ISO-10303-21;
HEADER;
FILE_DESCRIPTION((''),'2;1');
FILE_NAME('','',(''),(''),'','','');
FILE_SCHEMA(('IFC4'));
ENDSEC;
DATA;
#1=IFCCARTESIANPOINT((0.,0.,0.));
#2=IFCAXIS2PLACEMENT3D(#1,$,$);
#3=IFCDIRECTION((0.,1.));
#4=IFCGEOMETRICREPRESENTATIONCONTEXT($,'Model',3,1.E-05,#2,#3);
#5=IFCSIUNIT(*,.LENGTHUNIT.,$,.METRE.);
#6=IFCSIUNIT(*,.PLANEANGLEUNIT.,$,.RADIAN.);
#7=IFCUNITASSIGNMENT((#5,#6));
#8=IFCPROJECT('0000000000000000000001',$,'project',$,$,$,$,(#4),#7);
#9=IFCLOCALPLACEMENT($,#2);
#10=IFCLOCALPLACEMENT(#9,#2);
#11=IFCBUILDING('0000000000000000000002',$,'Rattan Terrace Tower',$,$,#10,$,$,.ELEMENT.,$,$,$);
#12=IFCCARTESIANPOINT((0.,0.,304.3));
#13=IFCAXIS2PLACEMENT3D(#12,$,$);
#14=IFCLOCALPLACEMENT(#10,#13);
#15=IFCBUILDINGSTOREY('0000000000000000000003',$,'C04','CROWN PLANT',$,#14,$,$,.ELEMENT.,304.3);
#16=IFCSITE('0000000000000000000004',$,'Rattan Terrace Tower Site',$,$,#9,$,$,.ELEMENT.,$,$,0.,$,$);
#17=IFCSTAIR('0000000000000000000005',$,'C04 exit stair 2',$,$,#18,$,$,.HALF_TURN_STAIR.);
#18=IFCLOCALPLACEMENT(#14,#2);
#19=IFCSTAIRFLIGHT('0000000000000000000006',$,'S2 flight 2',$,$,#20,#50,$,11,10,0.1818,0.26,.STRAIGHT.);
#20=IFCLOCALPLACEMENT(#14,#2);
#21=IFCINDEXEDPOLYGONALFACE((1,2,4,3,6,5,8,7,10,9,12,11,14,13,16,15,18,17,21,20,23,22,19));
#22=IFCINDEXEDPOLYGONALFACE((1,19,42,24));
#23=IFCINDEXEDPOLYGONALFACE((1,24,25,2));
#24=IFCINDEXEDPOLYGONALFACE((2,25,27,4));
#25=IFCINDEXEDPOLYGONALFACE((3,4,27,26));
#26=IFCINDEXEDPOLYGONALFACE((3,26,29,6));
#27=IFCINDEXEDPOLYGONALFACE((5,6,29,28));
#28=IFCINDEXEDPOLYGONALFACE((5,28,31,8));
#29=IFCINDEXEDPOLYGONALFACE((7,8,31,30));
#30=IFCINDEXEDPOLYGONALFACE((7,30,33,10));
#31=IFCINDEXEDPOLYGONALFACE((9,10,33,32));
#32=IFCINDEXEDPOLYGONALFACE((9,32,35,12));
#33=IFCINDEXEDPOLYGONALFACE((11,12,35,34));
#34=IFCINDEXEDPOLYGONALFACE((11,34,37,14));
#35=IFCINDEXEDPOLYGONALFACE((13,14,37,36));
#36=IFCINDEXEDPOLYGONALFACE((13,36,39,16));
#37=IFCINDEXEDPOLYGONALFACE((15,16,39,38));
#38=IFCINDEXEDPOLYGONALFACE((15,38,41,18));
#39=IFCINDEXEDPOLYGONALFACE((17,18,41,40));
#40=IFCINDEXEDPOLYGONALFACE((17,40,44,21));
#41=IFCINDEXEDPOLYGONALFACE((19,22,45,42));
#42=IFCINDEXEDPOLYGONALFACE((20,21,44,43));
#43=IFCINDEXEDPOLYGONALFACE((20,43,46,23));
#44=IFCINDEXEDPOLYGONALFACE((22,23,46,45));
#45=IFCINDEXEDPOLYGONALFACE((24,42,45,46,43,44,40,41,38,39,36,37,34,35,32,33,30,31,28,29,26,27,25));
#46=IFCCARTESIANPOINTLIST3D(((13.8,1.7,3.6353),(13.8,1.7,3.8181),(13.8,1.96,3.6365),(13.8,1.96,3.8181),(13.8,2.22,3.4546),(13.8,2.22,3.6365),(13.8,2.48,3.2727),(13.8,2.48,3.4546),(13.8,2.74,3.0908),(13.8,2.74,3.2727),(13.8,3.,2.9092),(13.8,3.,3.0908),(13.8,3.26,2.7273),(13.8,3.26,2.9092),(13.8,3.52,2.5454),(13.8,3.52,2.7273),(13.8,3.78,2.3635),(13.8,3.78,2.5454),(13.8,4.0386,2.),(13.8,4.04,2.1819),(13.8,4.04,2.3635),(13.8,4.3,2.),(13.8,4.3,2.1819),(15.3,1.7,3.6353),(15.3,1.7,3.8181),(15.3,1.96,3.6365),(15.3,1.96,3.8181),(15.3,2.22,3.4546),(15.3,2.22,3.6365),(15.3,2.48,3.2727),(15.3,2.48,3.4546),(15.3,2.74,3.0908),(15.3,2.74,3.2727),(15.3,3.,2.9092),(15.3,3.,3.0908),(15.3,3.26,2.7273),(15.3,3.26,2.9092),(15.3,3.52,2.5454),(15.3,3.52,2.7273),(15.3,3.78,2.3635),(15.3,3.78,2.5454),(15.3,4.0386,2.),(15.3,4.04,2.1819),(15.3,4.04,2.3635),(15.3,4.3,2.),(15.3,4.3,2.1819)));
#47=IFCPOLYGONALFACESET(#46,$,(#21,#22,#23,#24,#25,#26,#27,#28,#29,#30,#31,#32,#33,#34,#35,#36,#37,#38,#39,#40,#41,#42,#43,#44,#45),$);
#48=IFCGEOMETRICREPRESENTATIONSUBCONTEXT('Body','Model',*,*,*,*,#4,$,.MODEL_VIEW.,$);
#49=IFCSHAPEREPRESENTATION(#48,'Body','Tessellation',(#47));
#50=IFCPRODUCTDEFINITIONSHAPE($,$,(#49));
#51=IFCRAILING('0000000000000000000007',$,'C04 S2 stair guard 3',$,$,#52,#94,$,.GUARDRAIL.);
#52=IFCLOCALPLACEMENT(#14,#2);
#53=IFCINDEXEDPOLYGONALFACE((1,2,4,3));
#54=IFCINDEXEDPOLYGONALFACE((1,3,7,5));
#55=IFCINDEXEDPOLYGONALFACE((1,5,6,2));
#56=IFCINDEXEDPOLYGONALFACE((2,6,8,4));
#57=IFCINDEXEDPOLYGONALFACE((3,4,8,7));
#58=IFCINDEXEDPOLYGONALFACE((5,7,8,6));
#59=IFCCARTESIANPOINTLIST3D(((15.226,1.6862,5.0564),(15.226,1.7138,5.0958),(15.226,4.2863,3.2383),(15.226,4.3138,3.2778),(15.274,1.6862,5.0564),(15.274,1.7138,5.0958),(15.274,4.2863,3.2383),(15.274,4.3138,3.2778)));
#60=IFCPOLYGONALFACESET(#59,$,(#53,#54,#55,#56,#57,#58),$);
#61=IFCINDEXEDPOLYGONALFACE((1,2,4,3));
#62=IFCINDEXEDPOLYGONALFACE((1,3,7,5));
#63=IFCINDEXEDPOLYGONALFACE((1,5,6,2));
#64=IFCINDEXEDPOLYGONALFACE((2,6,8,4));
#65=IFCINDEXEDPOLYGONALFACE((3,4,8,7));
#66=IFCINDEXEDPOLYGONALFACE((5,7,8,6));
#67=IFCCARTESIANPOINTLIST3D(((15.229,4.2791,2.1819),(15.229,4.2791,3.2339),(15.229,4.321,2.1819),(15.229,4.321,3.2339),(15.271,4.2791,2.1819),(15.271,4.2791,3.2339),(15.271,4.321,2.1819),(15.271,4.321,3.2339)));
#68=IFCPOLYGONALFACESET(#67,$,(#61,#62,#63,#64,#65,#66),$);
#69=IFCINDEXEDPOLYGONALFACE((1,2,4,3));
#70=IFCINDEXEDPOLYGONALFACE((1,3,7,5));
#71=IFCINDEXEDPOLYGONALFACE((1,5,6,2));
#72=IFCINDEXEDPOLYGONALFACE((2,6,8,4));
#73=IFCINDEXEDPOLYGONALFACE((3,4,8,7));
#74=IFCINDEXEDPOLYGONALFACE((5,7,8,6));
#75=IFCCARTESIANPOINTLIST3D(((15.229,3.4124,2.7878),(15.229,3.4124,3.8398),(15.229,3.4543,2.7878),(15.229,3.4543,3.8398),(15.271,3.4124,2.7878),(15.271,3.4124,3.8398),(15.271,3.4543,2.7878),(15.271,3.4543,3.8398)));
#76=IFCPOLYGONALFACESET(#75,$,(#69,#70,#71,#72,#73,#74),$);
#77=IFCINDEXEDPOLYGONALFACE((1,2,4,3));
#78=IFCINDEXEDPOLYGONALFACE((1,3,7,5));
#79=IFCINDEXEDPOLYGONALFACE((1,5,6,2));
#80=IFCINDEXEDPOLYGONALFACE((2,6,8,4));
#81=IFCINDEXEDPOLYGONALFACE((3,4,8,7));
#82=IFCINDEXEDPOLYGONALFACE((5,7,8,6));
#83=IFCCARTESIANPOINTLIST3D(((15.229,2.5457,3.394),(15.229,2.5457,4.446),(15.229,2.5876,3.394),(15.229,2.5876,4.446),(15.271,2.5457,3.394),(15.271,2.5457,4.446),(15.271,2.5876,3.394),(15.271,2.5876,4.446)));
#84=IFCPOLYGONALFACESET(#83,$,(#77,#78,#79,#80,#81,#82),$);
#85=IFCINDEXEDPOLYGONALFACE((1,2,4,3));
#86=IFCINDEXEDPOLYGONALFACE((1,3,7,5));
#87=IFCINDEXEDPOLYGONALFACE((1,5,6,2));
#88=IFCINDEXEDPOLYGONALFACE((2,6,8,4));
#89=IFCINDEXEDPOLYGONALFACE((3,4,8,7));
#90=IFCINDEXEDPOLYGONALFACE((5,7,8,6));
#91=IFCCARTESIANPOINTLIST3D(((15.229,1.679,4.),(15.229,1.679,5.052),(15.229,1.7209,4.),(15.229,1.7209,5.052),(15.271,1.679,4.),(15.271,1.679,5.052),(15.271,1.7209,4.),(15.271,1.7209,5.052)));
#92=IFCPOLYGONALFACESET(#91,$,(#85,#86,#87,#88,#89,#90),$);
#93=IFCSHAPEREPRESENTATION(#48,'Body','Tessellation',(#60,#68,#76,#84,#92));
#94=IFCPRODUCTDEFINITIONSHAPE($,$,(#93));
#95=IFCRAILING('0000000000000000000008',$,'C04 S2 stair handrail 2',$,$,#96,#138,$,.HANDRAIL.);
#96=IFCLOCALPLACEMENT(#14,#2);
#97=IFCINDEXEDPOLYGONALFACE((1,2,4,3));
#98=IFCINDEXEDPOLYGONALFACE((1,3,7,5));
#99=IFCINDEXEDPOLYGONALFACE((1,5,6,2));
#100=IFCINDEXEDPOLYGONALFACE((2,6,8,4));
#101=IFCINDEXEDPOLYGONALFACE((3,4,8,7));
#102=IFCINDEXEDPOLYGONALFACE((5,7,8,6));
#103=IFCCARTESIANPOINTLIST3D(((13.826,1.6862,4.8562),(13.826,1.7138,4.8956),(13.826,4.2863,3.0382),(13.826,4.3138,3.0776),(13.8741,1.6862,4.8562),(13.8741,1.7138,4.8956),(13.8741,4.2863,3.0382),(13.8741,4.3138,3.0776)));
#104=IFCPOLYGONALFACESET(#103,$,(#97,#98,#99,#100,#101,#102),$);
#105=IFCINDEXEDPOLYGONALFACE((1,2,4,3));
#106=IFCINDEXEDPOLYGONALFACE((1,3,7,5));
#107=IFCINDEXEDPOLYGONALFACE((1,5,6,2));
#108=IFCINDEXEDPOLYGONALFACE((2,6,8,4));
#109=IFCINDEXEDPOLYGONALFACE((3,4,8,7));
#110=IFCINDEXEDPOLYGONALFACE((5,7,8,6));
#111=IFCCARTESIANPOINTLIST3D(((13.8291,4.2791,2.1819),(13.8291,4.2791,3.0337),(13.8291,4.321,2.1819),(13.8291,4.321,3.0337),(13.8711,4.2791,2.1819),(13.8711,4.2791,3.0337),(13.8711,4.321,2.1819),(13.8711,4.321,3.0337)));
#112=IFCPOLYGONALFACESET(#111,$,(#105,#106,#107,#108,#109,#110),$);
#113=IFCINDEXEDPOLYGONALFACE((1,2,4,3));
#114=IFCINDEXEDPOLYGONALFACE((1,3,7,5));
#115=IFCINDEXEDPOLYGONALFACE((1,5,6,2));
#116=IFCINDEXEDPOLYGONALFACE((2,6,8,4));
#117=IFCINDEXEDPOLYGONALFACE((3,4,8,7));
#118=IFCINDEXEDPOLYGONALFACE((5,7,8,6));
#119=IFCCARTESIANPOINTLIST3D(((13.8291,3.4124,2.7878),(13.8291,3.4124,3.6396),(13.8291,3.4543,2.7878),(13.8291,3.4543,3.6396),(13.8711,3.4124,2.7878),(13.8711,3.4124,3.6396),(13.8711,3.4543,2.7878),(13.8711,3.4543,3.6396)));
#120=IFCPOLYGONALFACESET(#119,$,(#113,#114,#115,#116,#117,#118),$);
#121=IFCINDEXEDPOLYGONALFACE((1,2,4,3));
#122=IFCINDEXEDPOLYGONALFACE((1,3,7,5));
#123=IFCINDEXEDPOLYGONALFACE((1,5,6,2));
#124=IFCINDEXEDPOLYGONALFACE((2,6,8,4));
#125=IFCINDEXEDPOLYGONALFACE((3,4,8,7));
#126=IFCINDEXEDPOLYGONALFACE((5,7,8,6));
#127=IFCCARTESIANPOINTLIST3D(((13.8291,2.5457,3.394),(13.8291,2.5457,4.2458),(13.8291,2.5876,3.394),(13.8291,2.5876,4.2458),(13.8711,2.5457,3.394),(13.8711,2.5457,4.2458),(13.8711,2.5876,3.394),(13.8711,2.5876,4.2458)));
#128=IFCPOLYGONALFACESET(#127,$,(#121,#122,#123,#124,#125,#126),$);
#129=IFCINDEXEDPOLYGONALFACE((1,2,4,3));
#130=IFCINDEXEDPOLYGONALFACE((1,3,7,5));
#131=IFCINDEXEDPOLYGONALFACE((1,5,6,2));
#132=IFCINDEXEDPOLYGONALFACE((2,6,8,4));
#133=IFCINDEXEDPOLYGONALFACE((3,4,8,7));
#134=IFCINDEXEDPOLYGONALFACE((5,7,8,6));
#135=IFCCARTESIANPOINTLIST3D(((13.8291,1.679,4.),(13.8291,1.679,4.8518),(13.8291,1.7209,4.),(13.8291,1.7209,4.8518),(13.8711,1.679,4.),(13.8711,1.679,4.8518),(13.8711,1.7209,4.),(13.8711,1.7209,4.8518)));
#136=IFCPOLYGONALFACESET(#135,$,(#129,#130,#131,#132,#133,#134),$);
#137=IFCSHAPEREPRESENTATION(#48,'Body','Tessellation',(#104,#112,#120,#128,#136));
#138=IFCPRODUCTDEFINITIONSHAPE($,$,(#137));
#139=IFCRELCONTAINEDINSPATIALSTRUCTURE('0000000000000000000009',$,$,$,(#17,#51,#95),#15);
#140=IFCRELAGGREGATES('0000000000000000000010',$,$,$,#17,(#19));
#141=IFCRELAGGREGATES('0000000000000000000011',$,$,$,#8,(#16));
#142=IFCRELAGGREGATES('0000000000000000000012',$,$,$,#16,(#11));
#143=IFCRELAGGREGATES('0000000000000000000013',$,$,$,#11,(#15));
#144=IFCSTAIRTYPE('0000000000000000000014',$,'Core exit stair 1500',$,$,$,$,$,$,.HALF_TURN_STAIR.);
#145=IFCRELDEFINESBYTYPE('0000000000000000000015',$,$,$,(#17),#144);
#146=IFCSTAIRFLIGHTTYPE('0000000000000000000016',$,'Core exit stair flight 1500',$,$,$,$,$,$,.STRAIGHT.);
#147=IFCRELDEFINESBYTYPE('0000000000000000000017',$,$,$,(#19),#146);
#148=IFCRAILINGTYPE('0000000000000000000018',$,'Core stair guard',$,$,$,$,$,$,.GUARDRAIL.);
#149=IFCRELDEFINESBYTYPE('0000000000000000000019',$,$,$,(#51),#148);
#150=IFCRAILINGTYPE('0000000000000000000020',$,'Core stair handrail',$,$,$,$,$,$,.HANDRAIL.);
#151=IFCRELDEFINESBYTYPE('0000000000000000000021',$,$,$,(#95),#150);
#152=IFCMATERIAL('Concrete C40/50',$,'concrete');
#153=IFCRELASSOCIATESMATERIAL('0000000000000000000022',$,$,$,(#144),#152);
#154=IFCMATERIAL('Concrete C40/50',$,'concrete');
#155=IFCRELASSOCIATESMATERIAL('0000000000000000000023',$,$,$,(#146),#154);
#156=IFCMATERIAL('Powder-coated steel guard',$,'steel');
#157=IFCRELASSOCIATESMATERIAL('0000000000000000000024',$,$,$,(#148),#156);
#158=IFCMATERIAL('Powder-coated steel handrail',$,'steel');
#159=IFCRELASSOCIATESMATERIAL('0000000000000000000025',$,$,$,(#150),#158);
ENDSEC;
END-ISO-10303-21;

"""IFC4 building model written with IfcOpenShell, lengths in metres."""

from ifc_helpers import new_model, si_unit, direction, frame, origin, origin_2d, place, context, subcontext, project, spatial, polyline, rectangle, outline, extrude, material, type_object, element, aggregate, save


model = new_model("IFC4")

# Units and contexts
model_context = context("Model", 3, precision=1e-05, world=origin(), true_north=direction((0.0, 1.0)))
body_context = subcontext(model_context, "Body", "Model", "MODEL_VIEW")
ifc_project = project(units=[si_unit("LENGTHUNIT", "METRE"), si_unit("PLANEANGLEUNIT", "RADIAN")], contexts=[model_context])

# Site, building, storey
site_placement = place(None, origin())
site = spatial("IfcSite", under=ifc_project, at=site_placement, Name="Rattan Terrace Tower Site", CompositionType="ELEMENT", RefElevation=0.0)
building_placement = place(site_placement, origin())
building = spatial("IfcBuilding", under=site, at=building_placement, Name="Rattan Terrace Tower", CompositionType="ELEMENT")
storey_placement = place(building_placement, frame((0.0, 0.0, 304.3)))
storey = spatial("IfcBuildingStorey", under=building, at=storey_placement, Name="C04", Description="CROWN PLANT", CompositionType="ELEMENT", Elevation=304.3)

# Stair
ifc_material_1 = material(Name="Concrete C40/50", Category="concrete")
stair_type = type_object("IfcStairType", Name="Core exit stair 1500", PredefinedType="HALF_TURN_STAIR", material=ifc_material_1)
stair_1_placement = place(storey_placement, origin())
stair_1 = element("IfcStair", 1, at=stair_1_placement, inside=storey, type_object=stair_type, Name="C04 exit stair 2", PredefinedType="HALF_TURN_STAIR")

# Stair flight
ifc_material_2 = material(Name="Concrete C40/50", Category="concrete")
stair_flight_type = type_object("IfcStairFlightType", Name="Core exit stair flight 1500", PredefinedType="STRAIGHT", material=ifc_material_2)
stair_flight_placement = place(storey_placement, frame((14.55, 4.3, 2.0), z_axis=(0.0, 0.0, 1.0), x_axis=(0.0, -1.0, 0.0)))
stair_flight = element("IfcStairFlight", 2, at=stair_flight_placement, type_object=stair_flight_type, Name="S2 flight 2", NumberOfRisers=11, NumberOfTreads=10, PredefinedType="STRAIGHT", RiserHeight=0.1818, TreadLength=0.26, context=body_context, shape_type="SweptSolid", body=[
    extrude(outline(polyline([(0.0, 0.0), (0.0, 0.1819), (0.26, 0.1819), (0.26, 0.3635), (0.52, 0.3635), (0.52, 0.5454), (0.78, 0.5454), (0.78, 0.7273), (1.04, 0.7273), (1.04, 0.9092), (1.3, 0.9092), (1.3, 1.0908), (1.5601, 1.0908), (1.5601, 1.2727), (1.8201, 1.2727), (1.8201, 1.4546), (2.0801, 1.4546), (2.0801, 1.6365), (2.3401, 1.6365), (2.3401, 1.8181), (2.6001, 1.8181), (2.6001, 2.0), (2.6001, 1.6353), (0.2615, 0.0), (0.0, 0.0)])), frame((0.0, 0.75, 0.0), z_axis=(0.0, -1.0, 0.0), x_axis=(1.0, 0.0, 0.0)), (0.0, 0.0, 1.0), 1.5),
])
aggregate(stair_1, [stair_flight])

# Railings
ifc_material_3 = material(Name="Powder-coated steel guard", Category="steel")
railing_type_1 = type_object("IfcRailingType", Name="Core stair guard", PredefinedType="GUARDRAIL", material=ifc_material_3)
railing_1_placement = place(storey_placement, frame((15.25, 4.3, 2.1819)))
element("IfcRailing", 3, at=railing_1_placement, inside=storey, type_object=railing_type_1, Name="C04 S2 stair guard 3", PredefinedType="GUARDRAIL", context=body_context, shape_type="SweptSolid", body=[
    extrude(rectangle(XDim=0.0481, YDim=0.0481, at=origin_2d()), frame((0.0, 0.0, 1.0762), z_axis=(0.0, -0.819521, 0.573049), x_axis=(1.0, 0.0, 0.0)), (0.0, 0.0, 1.0), 3.1726),
    extrude(rectangle(XDim=0.042, YDim=0.042, at=origin_2d()), origin(), (0.0, 0.0, 1.0), 1.052),
    extrude(rectangle(XDim=0.042, YDim=0.042, at=origin_2d()), frame((0.0, -0.8667, 0.606)), (0.0, 0.0, 1.0), 1.052),
    extrude(rectangle(XDim=0.042, YDim=0.042, at=origin_2d()), frame((0.0, -1.7334, 1.2122)), (0.0, 0.0, 1.0), 1.052),
    extrude(rectangle(XDim=0.042, YDim=0.042, at=origin_2d()), frame((0.0, -2.6001, 1.8181)), (0.0, 0.0, 1.0), 1.052),
])
ifc_material_4 = material(Name="Powder-coated steel handrail", Category="steel")
railing_type_2 = type_object("IfcRailingType", Name="Core stair handrail", PredefinedType="HANDRAIL", material=ifc_material_4)
railing_2_placement = place(storey_placement, frame((13.8501, 4.3, 2.1819)))
element("IfcRailing", 4, at=railing_2_placement, inside=storey, type_object=railing_type_2, Name="C04 S2 stair handrail 2", PredefinedType="HANDRAIL", context=body_context, shape_type="SweptSolid", body=[
    extrude(rectangle(XDim=0.0481, YDim=0.0481, at=origin_2d()), frame((0.0, 0.0, 0.876), z_axis=(0.0, -0.819521, 0.573049), x_axis=(1.0, 0.0, 0.0)), (0.0, 0.0, 1.0), 3.1726),
    extrude(rectangle(XDim=0.042, YDim=0.042, at=origin_2d()), origin(), (0.0, 0.0, 1.0), 0.8518),
    extrude(rectangle(XDim=0.042, YDim=0.042, at=origin_2d()), frame((0.0, -0.8667, 0.606)), (0.0, 0.0, 1.0), 0.8518),
    extrude(rectangle(XDim=0.042, YDim=0.042, at=origin_2d()), frame((0.0, -1.7334, 1.2122)), (0.0, 0.0, 1.0), 0.8518),
    extrude(rectangle(XDim=0.042, YDim=0.042, at=origin_2d()), frame((0.0, -2.6001, 1.8181)), (0.0, 0.0, 1.0), 0.8518),
])

save(model, "model.ifc")
